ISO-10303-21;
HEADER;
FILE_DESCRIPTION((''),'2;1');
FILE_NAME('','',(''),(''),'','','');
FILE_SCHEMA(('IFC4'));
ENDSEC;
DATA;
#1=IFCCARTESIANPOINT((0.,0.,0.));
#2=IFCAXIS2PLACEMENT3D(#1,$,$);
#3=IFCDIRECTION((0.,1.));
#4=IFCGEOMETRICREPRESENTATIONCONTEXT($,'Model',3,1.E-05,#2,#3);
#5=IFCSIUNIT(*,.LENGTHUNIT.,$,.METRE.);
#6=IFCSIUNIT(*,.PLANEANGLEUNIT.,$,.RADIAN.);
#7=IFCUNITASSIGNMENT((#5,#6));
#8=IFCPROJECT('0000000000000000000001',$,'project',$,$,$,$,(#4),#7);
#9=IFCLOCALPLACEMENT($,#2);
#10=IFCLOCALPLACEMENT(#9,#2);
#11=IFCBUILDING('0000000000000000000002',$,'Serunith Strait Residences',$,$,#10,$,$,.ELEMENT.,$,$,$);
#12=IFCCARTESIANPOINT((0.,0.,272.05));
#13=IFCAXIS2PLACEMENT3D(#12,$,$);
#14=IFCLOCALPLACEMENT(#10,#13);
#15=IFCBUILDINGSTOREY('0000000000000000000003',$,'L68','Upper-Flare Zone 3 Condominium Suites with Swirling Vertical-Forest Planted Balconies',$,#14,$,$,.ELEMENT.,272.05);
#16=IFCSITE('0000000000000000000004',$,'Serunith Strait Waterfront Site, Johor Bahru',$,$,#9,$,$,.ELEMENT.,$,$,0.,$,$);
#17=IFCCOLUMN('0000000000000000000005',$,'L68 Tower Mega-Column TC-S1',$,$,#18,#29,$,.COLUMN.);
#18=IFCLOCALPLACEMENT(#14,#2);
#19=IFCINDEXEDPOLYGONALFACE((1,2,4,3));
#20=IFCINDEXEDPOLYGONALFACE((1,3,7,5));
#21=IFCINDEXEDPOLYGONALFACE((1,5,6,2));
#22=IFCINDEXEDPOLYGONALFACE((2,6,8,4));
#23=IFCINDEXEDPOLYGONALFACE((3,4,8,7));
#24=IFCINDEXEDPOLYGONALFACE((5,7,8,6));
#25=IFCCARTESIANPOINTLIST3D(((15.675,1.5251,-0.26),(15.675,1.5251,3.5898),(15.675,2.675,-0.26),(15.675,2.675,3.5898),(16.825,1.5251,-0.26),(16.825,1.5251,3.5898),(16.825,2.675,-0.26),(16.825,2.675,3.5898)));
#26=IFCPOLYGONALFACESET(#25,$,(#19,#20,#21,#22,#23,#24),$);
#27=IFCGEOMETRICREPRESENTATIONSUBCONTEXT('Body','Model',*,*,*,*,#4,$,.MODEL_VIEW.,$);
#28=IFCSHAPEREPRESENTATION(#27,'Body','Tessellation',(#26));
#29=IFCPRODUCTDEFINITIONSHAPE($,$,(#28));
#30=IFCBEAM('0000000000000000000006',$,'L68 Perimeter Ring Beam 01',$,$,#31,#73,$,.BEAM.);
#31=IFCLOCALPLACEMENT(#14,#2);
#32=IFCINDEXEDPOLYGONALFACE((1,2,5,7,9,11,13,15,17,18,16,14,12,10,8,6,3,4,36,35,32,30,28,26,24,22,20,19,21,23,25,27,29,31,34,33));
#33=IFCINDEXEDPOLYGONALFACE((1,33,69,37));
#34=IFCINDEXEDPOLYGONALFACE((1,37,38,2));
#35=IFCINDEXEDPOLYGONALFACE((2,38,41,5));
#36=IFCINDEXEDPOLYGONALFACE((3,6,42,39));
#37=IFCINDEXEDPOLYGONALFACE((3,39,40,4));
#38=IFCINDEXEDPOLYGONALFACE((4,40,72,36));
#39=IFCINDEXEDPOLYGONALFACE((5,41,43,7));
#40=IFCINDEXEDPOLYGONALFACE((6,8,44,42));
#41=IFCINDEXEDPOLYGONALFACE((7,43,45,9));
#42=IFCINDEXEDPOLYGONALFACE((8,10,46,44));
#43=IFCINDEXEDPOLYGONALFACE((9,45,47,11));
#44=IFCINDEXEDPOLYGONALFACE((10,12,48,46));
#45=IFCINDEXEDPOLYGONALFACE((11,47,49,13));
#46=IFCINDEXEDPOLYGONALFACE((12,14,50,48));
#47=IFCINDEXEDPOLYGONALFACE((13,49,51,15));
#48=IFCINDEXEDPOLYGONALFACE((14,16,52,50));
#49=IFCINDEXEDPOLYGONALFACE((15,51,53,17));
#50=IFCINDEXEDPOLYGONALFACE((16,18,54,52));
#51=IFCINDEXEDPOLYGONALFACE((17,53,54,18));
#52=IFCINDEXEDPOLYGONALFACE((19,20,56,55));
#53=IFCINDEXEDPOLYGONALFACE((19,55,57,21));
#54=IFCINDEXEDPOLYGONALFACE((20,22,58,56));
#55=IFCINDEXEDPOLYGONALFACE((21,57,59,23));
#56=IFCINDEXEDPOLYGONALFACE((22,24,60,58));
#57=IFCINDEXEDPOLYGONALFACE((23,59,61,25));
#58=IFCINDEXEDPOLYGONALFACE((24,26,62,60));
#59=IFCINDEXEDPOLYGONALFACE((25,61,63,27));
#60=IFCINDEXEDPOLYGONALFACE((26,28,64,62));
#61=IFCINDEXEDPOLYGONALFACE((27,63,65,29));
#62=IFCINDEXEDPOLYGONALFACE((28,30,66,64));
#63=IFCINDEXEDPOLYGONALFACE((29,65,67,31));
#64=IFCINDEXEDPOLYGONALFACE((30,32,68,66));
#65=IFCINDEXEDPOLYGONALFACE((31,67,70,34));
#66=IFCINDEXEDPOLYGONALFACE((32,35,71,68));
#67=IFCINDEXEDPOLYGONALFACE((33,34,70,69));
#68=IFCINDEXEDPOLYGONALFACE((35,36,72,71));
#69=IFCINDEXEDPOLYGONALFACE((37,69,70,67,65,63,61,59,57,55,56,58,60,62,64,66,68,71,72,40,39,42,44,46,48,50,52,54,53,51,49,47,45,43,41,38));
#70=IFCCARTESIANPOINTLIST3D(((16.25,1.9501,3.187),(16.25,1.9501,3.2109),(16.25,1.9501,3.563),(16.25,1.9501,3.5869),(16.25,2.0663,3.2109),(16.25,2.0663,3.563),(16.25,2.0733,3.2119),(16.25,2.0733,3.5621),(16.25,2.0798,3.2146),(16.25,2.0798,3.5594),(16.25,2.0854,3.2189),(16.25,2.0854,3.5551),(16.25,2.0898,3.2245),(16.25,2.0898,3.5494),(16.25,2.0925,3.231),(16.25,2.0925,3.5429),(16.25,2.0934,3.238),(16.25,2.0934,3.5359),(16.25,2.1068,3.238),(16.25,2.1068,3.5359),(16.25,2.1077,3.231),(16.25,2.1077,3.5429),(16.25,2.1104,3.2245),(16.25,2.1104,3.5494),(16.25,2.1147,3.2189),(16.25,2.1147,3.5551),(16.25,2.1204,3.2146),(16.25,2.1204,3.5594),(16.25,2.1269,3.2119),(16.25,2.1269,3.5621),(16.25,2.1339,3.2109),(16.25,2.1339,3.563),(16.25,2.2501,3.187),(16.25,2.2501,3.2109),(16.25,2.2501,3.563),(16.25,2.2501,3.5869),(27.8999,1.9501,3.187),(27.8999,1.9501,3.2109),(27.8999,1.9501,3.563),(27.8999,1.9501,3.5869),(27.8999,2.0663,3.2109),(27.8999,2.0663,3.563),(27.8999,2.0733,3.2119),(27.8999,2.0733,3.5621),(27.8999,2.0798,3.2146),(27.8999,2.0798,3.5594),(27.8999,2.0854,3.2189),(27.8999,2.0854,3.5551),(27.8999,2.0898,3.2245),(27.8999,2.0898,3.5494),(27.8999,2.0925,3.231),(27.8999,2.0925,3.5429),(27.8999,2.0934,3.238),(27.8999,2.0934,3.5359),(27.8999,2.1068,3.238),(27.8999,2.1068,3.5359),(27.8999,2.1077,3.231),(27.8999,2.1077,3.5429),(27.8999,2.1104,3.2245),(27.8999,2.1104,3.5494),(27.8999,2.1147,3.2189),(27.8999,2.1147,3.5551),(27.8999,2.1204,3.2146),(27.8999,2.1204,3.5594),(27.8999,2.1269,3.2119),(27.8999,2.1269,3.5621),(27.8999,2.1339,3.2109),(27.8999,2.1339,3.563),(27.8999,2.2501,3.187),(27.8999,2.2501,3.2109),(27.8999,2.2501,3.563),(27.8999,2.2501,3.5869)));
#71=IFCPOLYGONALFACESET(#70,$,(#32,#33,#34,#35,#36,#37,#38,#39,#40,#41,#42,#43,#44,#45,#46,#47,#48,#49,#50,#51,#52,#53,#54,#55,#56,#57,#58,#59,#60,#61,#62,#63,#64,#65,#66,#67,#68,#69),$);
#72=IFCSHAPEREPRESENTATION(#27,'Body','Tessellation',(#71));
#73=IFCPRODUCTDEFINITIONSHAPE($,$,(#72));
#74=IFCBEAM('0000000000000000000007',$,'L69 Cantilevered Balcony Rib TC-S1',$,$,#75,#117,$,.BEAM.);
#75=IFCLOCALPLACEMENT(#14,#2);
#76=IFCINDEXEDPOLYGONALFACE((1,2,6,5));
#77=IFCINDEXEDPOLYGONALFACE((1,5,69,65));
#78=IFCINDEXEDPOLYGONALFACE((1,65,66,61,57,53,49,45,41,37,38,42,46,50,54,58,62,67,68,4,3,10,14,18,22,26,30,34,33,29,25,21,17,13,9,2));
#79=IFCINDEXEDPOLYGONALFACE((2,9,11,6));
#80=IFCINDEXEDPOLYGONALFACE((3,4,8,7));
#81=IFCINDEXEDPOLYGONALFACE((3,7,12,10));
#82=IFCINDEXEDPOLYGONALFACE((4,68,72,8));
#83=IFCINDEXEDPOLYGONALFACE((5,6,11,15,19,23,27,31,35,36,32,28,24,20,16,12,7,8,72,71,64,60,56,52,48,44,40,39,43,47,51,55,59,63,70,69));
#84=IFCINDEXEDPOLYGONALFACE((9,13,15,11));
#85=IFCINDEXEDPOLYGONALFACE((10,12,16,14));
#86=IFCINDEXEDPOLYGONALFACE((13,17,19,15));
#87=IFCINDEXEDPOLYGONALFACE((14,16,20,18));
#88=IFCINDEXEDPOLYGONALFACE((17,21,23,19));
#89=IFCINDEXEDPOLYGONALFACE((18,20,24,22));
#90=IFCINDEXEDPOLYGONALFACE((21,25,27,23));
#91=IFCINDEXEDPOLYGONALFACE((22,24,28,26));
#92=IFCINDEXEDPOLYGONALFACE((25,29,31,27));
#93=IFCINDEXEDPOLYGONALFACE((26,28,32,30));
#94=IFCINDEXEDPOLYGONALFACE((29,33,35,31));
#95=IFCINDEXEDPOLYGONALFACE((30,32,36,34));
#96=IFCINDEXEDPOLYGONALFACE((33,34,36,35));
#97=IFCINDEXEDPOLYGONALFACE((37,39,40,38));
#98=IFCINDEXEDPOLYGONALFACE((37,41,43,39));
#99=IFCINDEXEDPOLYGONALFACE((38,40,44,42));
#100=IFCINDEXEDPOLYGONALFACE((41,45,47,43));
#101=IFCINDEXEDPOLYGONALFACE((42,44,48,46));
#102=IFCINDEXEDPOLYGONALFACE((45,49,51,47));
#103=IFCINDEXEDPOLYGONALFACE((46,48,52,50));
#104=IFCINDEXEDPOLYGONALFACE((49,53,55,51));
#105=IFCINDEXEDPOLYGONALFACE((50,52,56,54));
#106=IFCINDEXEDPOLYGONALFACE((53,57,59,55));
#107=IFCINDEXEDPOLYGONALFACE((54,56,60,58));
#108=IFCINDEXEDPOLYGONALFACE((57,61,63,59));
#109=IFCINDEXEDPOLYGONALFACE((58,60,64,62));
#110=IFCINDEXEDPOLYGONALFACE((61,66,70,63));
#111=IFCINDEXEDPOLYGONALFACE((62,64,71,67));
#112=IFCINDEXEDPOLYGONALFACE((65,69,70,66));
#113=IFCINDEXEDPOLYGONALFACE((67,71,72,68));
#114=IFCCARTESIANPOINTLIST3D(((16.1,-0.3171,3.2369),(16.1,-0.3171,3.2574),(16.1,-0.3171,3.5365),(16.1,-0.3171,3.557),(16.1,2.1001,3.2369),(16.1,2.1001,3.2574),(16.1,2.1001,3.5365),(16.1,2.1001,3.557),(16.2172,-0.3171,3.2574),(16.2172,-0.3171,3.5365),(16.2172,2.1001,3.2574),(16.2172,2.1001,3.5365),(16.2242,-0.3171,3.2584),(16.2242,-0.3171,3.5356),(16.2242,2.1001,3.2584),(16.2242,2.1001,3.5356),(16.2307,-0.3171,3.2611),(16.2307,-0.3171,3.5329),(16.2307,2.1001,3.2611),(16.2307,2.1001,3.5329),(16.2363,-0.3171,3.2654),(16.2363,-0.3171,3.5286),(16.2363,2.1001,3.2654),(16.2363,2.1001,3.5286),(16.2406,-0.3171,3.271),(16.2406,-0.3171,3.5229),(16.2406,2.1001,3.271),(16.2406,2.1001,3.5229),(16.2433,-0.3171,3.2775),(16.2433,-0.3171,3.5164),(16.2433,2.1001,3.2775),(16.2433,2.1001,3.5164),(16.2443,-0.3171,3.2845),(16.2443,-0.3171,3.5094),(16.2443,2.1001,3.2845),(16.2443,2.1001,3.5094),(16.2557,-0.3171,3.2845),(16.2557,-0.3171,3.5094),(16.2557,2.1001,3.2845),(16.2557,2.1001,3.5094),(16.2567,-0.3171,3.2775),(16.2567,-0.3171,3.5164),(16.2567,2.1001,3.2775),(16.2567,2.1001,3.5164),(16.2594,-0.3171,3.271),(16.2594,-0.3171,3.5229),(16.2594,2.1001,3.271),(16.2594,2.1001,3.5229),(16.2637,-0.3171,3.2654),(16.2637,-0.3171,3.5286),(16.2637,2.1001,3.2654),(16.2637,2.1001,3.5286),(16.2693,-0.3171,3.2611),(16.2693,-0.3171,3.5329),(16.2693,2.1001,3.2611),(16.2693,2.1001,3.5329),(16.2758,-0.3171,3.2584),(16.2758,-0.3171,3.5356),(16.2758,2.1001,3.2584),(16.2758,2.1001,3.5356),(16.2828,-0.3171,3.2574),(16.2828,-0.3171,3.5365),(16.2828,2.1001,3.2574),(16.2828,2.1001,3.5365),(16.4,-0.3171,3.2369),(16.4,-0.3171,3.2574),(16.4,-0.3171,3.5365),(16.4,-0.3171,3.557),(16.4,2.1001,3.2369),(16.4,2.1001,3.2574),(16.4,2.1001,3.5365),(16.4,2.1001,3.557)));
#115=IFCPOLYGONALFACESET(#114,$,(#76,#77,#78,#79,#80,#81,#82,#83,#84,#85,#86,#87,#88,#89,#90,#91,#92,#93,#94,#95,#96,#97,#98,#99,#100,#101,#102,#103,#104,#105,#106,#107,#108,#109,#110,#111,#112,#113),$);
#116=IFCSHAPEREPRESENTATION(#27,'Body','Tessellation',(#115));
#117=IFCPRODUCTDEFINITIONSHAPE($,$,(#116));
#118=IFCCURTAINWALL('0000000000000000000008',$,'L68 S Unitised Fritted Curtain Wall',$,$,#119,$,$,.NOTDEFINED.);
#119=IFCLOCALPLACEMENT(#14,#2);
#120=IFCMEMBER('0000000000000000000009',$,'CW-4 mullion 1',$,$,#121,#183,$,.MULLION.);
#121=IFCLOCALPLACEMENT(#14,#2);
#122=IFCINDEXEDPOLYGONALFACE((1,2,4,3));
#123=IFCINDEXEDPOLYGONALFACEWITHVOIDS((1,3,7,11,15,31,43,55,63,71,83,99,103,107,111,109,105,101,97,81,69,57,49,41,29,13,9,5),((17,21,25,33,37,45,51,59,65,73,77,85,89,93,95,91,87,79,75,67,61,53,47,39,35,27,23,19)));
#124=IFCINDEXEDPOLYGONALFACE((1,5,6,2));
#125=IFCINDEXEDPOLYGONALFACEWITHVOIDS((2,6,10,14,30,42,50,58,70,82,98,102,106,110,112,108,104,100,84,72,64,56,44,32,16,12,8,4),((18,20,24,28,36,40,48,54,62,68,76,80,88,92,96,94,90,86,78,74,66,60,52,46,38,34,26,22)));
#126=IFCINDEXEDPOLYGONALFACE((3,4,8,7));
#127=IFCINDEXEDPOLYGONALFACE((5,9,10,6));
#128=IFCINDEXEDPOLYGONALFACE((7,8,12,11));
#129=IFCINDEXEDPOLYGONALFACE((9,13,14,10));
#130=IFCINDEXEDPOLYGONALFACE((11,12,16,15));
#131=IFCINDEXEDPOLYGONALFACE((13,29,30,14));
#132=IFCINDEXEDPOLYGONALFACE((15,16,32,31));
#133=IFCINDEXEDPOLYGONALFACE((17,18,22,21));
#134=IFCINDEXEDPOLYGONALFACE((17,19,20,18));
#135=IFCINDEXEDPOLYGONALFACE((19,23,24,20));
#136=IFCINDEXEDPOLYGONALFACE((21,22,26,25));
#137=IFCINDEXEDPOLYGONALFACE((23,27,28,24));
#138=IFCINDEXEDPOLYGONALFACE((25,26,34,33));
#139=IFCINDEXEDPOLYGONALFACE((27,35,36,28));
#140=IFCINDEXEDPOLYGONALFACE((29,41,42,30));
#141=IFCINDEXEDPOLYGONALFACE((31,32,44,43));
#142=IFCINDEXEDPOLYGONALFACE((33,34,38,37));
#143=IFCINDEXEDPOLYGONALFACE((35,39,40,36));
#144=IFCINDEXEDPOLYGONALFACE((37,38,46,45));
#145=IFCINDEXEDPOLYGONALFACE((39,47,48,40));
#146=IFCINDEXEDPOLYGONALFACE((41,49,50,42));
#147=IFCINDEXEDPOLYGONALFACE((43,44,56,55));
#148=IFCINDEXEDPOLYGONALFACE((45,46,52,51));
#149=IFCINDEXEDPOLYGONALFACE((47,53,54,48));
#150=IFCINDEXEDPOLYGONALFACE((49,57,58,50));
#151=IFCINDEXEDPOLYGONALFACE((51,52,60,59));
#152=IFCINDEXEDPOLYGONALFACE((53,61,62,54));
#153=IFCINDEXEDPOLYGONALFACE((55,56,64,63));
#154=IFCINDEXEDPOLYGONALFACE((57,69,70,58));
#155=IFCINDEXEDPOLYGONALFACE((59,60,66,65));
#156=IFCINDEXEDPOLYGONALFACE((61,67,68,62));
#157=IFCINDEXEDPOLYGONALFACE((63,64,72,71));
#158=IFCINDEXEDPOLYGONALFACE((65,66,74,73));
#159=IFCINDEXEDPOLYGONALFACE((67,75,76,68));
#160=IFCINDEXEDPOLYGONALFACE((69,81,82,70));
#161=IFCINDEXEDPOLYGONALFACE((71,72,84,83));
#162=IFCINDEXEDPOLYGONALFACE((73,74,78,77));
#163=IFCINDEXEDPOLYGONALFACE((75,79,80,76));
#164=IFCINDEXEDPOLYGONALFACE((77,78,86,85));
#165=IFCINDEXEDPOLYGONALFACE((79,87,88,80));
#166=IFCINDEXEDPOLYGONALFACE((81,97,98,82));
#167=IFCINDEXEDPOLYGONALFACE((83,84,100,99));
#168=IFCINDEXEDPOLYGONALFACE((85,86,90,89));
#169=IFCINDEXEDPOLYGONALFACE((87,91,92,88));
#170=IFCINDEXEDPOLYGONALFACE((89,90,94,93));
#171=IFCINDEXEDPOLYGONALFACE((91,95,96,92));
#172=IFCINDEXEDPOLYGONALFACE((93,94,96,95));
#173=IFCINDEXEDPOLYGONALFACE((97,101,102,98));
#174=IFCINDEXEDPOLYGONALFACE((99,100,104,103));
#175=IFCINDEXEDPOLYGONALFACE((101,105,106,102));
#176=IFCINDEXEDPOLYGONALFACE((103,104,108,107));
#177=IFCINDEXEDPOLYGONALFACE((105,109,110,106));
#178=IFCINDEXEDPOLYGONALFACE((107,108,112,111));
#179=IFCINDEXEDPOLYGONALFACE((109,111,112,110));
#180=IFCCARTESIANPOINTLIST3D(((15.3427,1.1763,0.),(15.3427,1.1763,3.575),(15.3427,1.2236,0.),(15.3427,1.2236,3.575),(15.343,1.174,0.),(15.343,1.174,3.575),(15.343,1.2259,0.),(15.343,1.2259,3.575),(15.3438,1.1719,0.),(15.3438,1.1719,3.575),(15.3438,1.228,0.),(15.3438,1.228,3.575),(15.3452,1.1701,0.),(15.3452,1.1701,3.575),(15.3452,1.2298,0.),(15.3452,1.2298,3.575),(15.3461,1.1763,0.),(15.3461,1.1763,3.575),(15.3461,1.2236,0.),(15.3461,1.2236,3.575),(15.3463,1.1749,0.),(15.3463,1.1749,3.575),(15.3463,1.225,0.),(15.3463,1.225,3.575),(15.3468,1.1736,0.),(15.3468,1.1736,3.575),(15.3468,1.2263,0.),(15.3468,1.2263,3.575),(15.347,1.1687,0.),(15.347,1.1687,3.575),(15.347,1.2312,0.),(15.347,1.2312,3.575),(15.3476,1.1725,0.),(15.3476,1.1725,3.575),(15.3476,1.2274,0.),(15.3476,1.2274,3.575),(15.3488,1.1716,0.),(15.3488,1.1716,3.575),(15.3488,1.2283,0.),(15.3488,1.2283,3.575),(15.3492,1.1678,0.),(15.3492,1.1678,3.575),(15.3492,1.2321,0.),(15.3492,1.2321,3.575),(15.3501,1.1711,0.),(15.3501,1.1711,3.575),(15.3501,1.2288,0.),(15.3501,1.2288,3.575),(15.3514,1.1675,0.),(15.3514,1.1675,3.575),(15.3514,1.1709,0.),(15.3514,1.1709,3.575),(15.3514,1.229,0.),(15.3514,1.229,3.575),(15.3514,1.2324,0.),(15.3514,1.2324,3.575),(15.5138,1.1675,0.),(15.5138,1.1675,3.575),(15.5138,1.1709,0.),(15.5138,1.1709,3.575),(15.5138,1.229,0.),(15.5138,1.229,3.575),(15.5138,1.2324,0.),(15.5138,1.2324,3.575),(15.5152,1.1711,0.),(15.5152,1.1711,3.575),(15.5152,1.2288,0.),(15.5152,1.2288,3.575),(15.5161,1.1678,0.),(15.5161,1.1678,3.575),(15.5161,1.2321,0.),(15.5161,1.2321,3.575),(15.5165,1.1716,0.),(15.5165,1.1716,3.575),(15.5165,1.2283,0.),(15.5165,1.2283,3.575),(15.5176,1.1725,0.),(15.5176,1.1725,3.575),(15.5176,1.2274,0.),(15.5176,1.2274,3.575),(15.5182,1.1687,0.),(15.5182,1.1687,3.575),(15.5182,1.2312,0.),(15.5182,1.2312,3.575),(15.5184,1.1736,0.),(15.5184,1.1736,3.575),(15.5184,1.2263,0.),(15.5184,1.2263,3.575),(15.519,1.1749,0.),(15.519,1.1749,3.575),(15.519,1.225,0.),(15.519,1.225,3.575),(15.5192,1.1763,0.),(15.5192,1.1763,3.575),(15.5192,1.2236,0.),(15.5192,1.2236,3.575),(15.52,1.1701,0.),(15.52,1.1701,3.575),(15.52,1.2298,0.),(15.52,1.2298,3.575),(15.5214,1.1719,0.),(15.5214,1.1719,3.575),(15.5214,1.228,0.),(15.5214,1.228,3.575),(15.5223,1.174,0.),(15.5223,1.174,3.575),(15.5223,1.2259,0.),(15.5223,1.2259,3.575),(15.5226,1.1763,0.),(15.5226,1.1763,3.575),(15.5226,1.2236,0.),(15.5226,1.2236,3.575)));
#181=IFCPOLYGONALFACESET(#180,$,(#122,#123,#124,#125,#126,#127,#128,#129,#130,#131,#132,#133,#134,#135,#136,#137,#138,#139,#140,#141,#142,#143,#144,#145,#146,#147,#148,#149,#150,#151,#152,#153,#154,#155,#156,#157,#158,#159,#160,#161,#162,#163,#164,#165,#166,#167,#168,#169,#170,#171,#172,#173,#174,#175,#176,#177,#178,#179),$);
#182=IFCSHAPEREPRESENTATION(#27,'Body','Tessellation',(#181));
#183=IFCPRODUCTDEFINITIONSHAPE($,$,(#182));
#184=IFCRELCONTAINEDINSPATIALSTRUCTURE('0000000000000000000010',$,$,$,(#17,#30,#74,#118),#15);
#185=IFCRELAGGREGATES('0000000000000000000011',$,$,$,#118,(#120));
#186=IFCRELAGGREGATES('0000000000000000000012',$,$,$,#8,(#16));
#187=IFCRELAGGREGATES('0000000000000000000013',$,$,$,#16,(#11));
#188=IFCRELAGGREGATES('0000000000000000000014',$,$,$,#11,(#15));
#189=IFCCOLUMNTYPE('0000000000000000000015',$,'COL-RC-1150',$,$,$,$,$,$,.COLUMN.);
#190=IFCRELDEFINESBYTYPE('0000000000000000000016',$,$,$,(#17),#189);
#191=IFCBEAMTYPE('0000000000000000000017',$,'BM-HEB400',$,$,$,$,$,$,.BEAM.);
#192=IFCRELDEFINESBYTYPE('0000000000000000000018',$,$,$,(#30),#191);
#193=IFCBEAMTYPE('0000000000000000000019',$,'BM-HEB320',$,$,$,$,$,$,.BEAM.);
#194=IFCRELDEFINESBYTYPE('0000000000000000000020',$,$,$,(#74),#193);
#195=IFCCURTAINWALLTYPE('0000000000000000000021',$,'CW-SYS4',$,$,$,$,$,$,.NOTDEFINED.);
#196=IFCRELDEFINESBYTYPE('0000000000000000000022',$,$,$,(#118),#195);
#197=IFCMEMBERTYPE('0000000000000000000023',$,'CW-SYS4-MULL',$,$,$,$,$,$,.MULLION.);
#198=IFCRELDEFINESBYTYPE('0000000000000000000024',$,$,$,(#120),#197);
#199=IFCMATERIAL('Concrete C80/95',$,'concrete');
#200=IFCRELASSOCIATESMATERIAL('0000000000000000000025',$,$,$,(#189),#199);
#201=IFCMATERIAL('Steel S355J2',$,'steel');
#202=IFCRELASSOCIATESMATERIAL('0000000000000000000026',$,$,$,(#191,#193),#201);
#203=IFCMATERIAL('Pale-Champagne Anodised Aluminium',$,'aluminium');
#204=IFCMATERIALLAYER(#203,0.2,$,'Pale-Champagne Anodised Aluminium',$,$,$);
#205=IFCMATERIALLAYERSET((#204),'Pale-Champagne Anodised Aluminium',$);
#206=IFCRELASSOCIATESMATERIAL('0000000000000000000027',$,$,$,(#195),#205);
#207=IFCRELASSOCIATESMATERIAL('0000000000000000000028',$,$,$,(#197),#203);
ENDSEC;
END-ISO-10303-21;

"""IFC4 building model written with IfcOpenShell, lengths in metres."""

from ifc_helpers import new_model, si_unit, direction, frame, origin, origin_2d, place, context, subcontext, project, spatial, rectangle, hollow_rectangle, i_section, extrude, source, transform, mapped, material, layer, layer_set, material_profile, profile_set, type_object, element, aggregate, save


model = new_model("IFC4")

# Units and contexts
model_context = context("Model", 3, precision=1e-05, world=origin(), true_north=direction((0.0, 1.0)))
body_context = subcontext(model_context, "Body", "Model", "MODEL_VIEW")
ifc_project = project(units=[si_unit("LENGTHUNIT", "METRE"), si_unit("PLANEANGLEUNIT", "RADIAN")], contexts=[model_context])

# Site, building, storey
site_placement = place(None, origin())
site = spatial("IfcSite", under=ifc_project, at=site_placement, Name="Serunith Strait Waterfront Site, Johor Bahru", CompositionType="ELEMENT", RefElevation=0.0)
building_placement = place(site_placement, origin())
building = spatial("IfcBuilding", under=site, at=building_placement, Name="Serunith Strait Residences", CompositionType="ELEMENT")
storey_placement = place(building_placement, frame((0.0, 0.0, 272.05)))
storey = spatial("IfcBuildingStorey", under=building, at=storey_placement, Name="L68", Description="Upper-Flare Zone 3 Condominium Suites with Swirling Vertical-Forest Planted Balconies", CompositionType="ELEMENT", Elevation=272.05)

# Column
ifc_material_1 = material(Name="Concrete C80/95", Category="concrete")
ifc_material_profile_1 = material_profile(ifc_material_1, rectangle(XDim=1.1499, YDim=1.1499, at=origin_2d()), Name="RC 1150x1150")
ifc_profile_set_1 = profile_set([ifc_material_profile_1], Name="Concrete C80/95")
column_type = type_object("IfcColumnType", Name="COL-RC-1150", PredefinedType="COLUMN", material=ifc_profile_set_1)
shared_shape_1 = source(origin(), body_context, "Body", "SweptSolid", [
    extrude(rectangle(XDim=1.1499, YDim=1.1499, at=origin_2d()), origin(), (0.0, 0.0, 1.0), 3.8499),
])
column_placement = place(storey_placement, frame((16.25, 2.1001, -0.26), z_axis=(0.0, 0.0, 1.0), x_axis=(1.0, 0.0, 0.0)))
element("IfcColumn", 1, at=column_placement, inside=storey, type_object=column_type, Name="L68 Tower Mega-Column TC-S1", PredefinedType="COLUMN", context=body_context, shape_type="MappedRepresentation", body=[
    mapped(shared_shape_1, transform((0.0, 0.0, 0.0), scale=1.0)),
])

# Beams
ifc_material_2 = material(Name="Steel S355J2", Category="steel")
ifc_material_profile_2 = material_profile(ifc_material_2, i_section(OverallWidth=0.3, OverallDepth=0.3999, WebThickness=0.0134, FlangeThickness=0.0239, FilletRadius=0.0271, at=origin_2d()), Name="HEB 400")
ifc_profile_set_2 = profile_set([ifc_material_profile_2], Name="Steel S355J2")
beam_type_1 = type_object("IfcBeamType", Name="BM-HEB400", PredefinedType="BEAM", material=ifc_profile_set_2)
shared_shape_2 = source(origin(), body_context, "Body", "SweptSolid", [
    extrude(i_section(OverallWidth=0.3, OverallDepth=0.3999, WebThickness=0.0134, FlangeThickness=0.0239, FilletRadius=0.0271, at=origin_2d()), origin(), (0.0, 0.0, 1.0), 11.6499),
])
beam_1_placement = place(storey_placement, frame((16.25, 2.1001, 3.387), z_axis=(1.0, 0.0, 0.0), x_axis=(0.0, 1.0, 0.0)))
element("IfcBeam", 2, at=beam_1_placement, inside=storey, type_object=beam_type_1, Name="L68 Perimeter Ring Beam 01", PredefinedType="BEAM", context=body_context, shape_type="MappedRepresentation", body=[
    mapped(shared_shape_2, transform((0.0, 0.0, 0.0), scale=1.0)),
])
ifc_material_profile_3 = material_profile(ifc_material_2, i_section(OverallWidth=0.3, OverallDepth=0.3201, WebThickness=0.0115, FlangeThickness=0.0205, FilletRadius=0.0271, at=origin_2d()), Name="HEB 320")
ifc_profile_set_3 = profile_set([ifc_material_profile_3], Name="Steel S355J2")
beam_type_2 = type_object("IfcBeamType", Name="BM-HEB320", PredefinedType="BEAM", material=ifc_profile_set_3)
shared_shape_3 = source(origin(), body_context, "Body", "SweptSolid", [
    extrude(i_section(OverallWidth=0.3, OverallDepth=0.3201, WebThickness=0.0115, FlangeThickness=0.0205, FilletRadius=0.0271, at=origin_2d()), origin(), (0.0, 0.0, 1.0), 2.4172),
])
beam_2_placement = place(storey_placement, frame((16.25, 2.1001, 3.397), z_axis=(0.0, -1.0, 0.0), x_axis=(1.0, 0.0, 0.0)))
element("IfcBeam", 3, at=beam_2_placement, inside=storey, type_object=beam_type_2, Name="L69 Cantilevered Balcony Rib TC-S1", PredefinedType="BEAM", context=body_context, shape_type="MappedRepresentation", body=[
    mapped(shared_shape_3, transform((0.0, 0.0, 0.0), scale=1.0)),
])

# Curtain wall, member
ifc_material_3 = material(Name="Pale-Champagne Anodised Aluminium", Category="aluminium")
ifc_layer_1 = layer(ifc_material_3, 0.2, Name="Pale-Champagne Anodised Aluminium")
ifc_layer_set_1 = layer_set([ifc_layer_1], Name="Pale-Champagne Anodised Aluminium")
curtain_wall_type = type_object("IfcCurtainWallType", Name="CW-SYS4", PredefinedType="NOTDEFINED", material=ifc_layer_set_1)
curtain_wall_1_placement = place(storey_placement, origin())
curtain_wall_1 = element("IfcCurtainWall", 4, at=curtain_wall_1_placement, inside=storey, type_object=curtain_wall_type, Name="L68 S Unitised Fritted Curtain Wall", PredefinedType="NOTDEFINED")
ifc_material_profile_4 = material_profile(ifc_material_3, hollow_rectangle(XDim=0.0649, YDim=0.1799, WallThickness=0.0034, InnerFilletRadius=0.0054, OuterFilletRadius=0.0088, at=origin_2d()), Name="ALU 180x65x3.5")
ifc_profile_set_4 = profile_set([ifc_material_profile_4], Name="Pale-Champagne Anodised Aluminium")
member_type_1 = type_object("IfcMemberType", Name="CW-SYS4-MULL", PredefinedType="MULLION", material=ifc_profile_set_4)
shared_shape_4 = source(origin(), body_context, "Body", "SweptSolid", [
    extrude(hollow_rectangle(XDim=0.0649, YDim=0.1799, WallThickness=0.0034, InnerFilletRadius=0.0054, OuterFilletRadius=0.0088, at=origin_2d()), origin(), (0.0, 0.0, 1.0), 3.575),
])
member_1_placement = place(storey_placement, frame((15.4326, 1.2, 0.0), z_axis=(0.0, 0.0, 1.0), x_axis=(0.0, 1.0, 0.0)))
member_1 = element("IfcMember", 5, at=member_1_placement, type_object=member_type_1, Name="CW-4 mullion 1", PredefinedType="MULLION", context=body_context, shape_type="MappedRepresentation", body=[
    mapped(shared_shape_4, transform((0.0, 0.0, 0.0), scale=1.0)),
])

aggregate(curtain_wall_1, [member_1])

save(model, "model.ifc")
